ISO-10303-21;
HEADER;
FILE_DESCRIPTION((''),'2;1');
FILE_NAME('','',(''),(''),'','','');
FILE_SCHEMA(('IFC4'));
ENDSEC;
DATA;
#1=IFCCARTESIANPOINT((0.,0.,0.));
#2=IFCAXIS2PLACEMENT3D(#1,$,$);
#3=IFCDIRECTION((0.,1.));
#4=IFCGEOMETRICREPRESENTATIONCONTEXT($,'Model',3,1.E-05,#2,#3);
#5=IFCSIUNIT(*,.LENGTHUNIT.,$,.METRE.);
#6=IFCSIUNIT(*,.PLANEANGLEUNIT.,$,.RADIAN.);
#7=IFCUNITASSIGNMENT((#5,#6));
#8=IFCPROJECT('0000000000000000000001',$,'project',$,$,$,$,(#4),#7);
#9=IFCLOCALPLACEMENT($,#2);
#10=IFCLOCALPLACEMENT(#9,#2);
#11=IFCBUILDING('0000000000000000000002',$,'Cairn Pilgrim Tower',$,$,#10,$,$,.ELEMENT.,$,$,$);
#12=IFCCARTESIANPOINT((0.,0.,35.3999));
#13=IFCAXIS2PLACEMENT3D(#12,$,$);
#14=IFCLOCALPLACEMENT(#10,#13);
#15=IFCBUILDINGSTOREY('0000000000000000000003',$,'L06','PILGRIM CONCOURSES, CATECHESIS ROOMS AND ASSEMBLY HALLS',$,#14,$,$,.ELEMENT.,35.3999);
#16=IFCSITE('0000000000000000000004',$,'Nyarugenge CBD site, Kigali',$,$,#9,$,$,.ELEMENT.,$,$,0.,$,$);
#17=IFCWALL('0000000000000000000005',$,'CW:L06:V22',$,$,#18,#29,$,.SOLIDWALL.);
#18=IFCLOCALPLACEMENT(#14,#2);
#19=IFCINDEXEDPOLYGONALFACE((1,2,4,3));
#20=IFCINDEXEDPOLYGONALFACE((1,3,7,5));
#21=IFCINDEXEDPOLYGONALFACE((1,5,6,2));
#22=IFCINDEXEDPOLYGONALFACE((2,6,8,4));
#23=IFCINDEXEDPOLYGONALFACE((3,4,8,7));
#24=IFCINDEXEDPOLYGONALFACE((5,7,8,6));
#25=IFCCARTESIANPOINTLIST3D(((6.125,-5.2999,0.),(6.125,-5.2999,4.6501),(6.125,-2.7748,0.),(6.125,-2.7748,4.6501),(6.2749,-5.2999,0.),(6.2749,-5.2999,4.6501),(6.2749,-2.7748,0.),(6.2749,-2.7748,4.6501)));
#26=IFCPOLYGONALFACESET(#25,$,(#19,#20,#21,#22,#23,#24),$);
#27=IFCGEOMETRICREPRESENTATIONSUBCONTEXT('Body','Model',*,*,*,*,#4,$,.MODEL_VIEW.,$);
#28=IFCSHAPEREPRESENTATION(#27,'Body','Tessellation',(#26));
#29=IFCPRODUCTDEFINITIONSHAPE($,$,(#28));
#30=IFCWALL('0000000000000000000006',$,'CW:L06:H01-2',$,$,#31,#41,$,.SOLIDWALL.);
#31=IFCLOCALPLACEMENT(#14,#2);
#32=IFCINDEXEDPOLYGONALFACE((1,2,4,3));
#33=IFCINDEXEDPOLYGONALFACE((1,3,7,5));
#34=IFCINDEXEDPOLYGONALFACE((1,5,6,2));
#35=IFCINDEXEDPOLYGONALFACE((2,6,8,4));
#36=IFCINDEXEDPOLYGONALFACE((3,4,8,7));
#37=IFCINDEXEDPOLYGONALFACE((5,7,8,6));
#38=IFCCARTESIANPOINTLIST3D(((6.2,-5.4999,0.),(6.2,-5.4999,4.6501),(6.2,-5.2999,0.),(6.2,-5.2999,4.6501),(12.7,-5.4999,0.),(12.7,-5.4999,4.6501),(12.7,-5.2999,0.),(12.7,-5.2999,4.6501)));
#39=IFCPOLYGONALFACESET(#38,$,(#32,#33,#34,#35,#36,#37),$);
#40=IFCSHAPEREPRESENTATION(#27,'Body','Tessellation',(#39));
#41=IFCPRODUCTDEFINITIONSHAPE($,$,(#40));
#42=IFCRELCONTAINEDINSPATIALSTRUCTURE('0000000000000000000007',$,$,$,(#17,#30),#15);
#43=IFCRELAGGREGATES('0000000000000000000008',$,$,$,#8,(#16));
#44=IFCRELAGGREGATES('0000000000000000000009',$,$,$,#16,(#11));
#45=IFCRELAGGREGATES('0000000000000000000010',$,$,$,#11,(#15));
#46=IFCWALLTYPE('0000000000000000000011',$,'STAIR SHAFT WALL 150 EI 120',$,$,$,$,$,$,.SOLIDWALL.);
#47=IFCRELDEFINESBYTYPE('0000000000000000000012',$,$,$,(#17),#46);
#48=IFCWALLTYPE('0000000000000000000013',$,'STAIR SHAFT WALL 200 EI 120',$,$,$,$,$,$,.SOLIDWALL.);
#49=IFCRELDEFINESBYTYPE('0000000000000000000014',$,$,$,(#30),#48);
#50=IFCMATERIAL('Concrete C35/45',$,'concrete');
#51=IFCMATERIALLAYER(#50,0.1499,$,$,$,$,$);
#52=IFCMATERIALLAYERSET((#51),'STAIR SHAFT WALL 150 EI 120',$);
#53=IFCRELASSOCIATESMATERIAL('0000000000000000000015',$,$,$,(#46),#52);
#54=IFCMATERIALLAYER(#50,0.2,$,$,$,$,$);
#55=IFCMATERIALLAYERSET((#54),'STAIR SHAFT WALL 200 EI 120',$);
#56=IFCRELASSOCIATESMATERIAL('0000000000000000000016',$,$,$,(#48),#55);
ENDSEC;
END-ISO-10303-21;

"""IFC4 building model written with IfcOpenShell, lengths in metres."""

from ifc_helpers import new_model, si_unit, direction, frame, frame_2d, origin, place, context, subcontext, project, spatial, rectangle, extrude, material, layer, layer_set, type_object, element, save


model = new_model("IFC4")

# Units and contexts
model_context = context("Model", 3, precision=1e-05, world=origin(), true_north=direction((0.0, 1.0)))
body_context = subcontext(model_context, "Body", "Model", "MODEL_VIEW")
ifc_project = project(units=[si_unit("LENGTHUNIT", "METRE"), si_unit("PLANEANGLEUNIT", "RADIAN")], contexts=[model_context])

# Site, building, storey
site_placement = place(None, origin())
site = spatial("IfcSite", under=ifc_project, at=site_placement, Name="Nyarugenge CBD site, Kigali", CompositionType="ELEMENT", RefElevation=0.0)
building_placement = place(site_placement, origin())
building = spatial("IfcBuilding", under=site, at=building_placement, Name="Cairn Pilgrim Tower", CompositionType="ELEMENT")
storey_placement = place(building_placement, frame((0.0, 0.0, 35.3999)))
storey = spatial("IfcBuildingStorey", under=building, at=storey_placement, Name="L06", Description="PILGRIM CONCOURSES, CATECHESIS ROOMS AND ASSEMBLY HALLS", CompositionType="ELEMENT", Elevation=35.3999)

# Shared definitions
ifc_material_1 = material(Name="Concrete C35/45", Category="concrete")

# Shared definitions
ifc_layer_1 = layer(ifc_material_1, 0.1499)
ifc_layer_set_1 = layer_set([ifc_layer_1], Name="STAIR SHAFT WALL 150 EI 120")
wall_type_1 = type_object("IfcWallType", Name="STAIR SHAFT WALL 150 EI 120", PredefinedType="SOLIDWALL", material=ifc_layer_set_1)

# Walls
wall_1_placement = place(storey_placement, frame((6.2, -5.3, 0.0), z_axis=(0.0, 0.0, 1.0), x_axis=(0.0, 1.0, 0.0)))
element("IfcWall", 1, at=wall_1_placement, inside=storey, type_object=wall_type_1, Name="CW:L06:V22", PredefinedType="SOLIDWALL", context=body_context, shape_type="SweptSolid", body=[
    extrude(rectangle(XDim=2.5251, YDim=0.1499, at=frame_2d((1.2627, 0.0))), origin(), (0.0, 0.0, 1.0), 4.6501),
])
ifc_layer_2 = layer(ifc_material_1, 0.2)
ifc_layer_set_2 = layer_set([ifc_layer_2], Name="STAIR SHAFT WALL 200 EI 120")
wall_type_2 = type_object("IfcWallType", Name="STAIR SHAFT WALL 200 EI 120", PredefinedType="SOLIDWALL", material=ifc_layer_set_2)
wall_2_placement = place(storey_placement, frame((6.2, -5.3999, 0.0), z_axis=(0.0, 0.0, 1.0), x_axis=(1.0, 0.0, 0.0)))
element("IfcWall", 2, at=wall_2_placement, inside=storey, type_object=wall_type_2, Name="CW:L06:H01-2", PredefinedType="SOLIDWALL", context=body_context, shape_type="SweptSolid", body=[
    extrude(rectangle(XDim=6.5, YDim=0.2, at=frame_2d((3.25, 0.0))), origin(), (0.0, 0.0, 1.0), 4.6501),
])

save(model, "model.ifc")
